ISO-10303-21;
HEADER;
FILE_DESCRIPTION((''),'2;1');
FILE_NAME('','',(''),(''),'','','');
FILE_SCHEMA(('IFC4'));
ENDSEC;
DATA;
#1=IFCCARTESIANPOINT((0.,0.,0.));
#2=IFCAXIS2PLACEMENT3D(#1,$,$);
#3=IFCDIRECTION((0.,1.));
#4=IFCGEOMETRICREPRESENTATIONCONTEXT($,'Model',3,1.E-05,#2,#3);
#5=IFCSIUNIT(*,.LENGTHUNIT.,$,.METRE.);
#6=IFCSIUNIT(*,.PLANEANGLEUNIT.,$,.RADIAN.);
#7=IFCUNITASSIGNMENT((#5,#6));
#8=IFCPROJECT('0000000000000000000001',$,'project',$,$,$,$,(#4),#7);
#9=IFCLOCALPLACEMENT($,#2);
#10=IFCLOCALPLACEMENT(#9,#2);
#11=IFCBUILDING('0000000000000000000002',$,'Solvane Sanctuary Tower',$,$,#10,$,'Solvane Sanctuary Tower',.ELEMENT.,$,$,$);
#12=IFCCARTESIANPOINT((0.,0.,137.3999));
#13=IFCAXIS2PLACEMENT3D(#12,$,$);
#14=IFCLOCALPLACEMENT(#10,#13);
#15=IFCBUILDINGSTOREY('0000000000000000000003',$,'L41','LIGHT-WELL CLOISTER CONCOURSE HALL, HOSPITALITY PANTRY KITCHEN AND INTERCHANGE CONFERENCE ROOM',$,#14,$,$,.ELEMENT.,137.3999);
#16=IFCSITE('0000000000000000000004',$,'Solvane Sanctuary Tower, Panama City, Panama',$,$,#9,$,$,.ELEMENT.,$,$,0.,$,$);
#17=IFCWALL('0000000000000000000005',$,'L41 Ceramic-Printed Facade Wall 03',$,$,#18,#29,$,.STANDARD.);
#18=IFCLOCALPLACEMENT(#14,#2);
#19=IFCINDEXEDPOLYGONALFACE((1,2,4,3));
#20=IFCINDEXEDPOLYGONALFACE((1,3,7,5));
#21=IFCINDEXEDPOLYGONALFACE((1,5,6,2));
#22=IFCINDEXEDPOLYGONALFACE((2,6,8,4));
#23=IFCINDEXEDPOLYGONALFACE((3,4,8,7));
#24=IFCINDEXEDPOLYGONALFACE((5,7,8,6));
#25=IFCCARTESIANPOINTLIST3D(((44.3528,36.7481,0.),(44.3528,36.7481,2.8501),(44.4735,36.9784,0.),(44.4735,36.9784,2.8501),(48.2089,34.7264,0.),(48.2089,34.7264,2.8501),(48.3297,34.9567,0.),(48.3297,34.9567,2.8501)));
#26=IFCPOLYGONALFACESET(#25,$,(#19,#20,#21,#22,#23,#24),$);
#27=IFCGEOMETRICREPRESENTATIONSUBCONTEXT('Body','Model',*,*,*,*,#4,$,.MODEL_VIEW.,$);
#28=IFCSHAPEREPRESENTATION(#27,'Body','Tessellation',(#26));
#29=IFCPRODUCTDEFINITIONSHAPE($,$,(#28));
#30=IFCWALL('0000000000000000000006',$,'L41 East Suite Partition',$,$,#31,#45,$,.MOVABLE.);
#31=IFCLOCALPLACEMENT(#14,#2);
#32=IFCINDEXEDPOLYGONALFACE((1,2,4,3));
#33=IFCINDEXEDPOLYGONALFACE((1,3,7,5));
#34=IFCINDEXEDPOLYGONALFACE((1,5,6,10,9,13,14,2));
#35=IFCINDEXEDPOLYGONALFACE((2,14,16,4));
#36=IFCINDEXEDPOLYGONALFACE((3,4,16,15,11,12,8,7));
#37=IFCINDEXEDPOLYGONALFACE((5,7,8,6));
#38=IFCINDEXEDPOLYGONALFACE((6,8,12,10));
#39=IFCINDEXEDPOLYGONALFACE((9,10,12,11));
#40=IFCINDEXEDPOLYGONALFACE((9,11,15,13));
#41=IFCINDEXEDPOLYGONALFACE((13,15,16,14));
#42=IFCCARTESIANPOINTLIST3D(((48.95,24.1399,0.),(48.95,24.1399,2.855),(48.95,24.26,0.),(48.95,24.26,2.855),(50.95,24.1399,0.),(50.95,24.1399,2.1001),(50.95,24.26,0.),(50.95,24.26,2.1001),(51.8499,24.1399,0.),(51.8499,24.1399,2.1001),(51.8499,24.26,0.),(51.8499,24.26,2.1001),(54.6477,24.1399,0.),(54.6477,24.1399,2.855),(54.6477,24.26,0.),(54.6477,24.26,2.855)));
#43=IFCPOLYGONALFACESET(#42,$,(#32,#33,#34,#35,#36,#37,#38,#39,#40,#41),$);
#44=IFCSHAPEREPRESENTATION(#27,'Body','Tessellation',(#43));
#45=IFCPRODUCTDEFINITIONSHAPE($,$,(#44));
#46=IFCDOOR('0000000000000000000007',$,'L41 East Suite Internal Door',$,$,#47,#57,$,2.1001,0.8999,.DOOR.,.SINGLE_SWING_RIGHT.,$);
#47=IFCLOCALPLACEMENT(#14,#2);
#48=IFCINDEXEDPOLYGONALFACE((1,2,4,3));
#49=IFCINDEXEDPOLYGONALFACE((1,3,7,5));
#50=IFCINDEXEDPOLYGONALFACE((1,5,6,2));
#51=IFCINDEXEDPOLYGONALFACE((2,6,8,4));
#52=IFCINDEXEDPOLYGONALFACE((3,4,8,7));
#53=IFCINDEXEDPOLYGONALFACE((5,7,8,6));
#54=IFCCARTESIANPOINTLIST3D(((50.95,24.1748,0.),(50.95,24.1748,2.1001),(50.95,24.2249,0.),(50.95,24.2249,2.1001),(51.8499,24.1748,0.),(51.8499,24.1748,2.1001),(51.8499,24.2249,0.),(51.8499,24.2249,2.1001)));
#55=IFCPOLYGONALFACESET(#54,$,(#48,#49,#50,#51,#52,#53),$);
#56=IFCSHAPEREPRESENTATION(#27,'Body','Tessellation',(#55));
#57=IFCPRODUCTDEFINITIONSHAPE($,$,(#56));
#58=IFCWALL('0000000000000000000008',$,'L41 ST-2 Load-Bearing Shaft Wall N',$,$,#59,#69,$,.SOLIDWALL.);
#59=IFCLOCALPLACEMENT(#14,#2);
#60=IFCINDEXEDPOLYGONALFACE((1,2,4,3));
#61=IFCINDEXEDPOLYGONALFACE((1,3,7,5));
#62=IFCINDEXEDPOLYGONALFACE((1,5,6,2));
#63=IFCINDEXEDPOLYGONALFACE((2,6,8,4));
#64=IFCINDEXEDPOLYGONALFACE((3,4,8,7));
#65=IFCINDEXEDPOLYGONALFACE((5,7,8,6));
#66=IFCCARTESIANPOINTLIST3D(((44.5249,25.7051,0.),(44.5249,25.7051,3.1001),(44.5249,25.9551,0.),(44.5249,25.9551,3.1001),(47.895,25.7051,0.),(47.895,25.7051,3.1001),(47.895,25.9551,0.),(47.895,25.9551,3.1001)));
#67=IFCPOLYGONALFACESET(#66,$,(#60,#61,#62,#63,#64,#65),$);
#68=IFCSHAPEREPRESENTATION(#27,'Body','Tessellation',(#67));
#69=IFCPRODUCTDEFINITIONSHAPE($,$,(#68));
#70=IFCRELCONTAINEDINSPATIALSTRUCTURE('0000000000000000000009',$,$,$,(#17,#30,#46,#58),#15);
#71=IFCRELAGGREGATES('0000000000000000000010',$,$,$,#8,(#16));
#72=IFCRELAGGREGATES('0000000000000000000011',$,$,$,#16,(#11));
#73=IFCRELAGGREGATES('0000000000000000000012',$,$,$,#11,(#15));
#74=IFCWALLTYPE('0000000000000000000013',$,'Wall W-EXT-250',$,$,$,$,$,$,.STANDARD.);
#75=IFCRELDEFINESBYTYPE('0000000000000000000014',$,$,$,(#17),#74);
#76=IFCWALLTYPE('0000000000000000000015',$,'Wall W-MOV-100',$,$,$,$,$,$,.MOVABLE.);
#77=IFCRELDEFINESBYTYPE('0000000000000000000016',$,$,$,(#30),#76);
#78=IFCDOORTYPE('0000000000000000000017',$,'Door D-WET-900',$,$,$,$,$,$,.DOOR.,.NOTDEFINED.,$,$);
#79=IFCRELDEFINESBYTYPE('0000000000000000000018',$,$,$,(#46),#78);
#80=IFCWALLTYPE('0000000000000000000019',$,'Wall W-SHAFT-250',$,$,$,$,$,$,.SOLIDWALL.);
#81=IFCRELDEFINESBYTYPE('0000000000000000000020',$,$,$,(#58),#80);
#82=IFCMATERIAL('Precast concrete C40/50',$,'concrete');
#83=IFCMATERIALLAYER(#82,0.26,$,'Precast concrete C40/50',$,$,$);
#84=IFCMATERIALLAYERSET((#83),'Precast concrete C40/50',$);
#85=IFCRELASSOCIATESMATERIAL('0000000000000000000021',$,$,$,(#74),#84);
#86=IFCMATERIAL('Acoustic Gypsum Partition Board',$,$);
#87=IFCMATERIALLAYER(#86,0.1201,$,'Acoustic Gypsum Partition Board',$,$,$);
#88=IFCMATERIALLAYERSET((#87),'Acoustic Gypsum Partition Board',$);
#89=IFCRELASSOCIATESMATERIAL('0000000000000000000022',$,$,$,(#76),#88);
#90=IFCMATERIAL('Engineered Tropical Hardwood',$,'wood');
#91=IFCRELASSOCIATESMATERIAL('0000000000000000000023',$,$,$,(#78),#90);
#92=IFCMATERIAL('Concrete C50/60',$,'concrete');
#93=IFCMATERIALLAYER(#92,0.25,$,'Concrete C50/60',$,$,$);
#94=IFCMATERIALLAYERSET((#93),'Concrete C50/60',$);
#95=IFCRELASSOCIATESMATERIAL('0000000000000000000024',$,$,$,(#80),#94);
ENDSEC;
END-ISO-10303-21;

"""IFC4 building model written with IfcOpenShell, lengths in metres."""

from ifc_helpers import new_model, si_unit, direction, frame, frame_2d, origin, place, context, subcontext, project, spatial, rectangle, extrude, material, layer, layer_set, type_object, element, fill, save


model = new_model("IFC4")

# Units and contexts
model_context = context("Model", 3, precision=1e-05, world=origin(), true_north=direction((0.0, 1.0)))
body_context = subcontext(model_context, "Body", "Model", "MODEL_VIEW")
ifc_project = project(units=[si_unit("LENGTHUNIT", "METRE"), si_unit("PLANEANGLEUNIT", "RADIAN")], contexts=[model_context])

# Site, building, storey
site_placement = place(None, origin())
site = spatial("IfcSite", under=ifc_project, at=site_placement, Name="Solvane Sanctuary Tower, Panama City, Panama", CompositionType="ELEMENT", RefElevation=0.0)
building_placement = place(site_placement, origin())
building = spatial("IfcBuilding", under=site, at=building_placement, Name="Solvane Sanctuary Tower", LongName="Solvane Sanctuary Tower", CompositionType="ELEMENT")
storey_placement = place(building_placement, frame((0.0, 0.0, 137.3999)))
storey = spatial("IfcBuildingStorey", under=building, at=storey_placement, Name="L41", Description="LIGHT-WELL CLOISTER CONCOURSE HALL, HOSPITALITY PANTRY KITCHEN AND INTERCHANGE CONFERENCE ROOM", CompositionType="ELEMENT", Elevation=137.3999)

# Shared definitions
ifc_material_1 = material(Name="Acoustic Gypsum Partition Board")

# Shared definitions
ifc_material_2 = material(Name="Precast concrete C40/50", Category="concrete")
ifc_layer_1 = layer(ifc_material_2, 0.26, Name="Precast concrete C40/50")
ifc_layer_set_1 = layer_set([ifc_layer_1], Name="Precast concrete C40/50")
wall_type_1 = type_object("IfcWallType", Name="Wall W-EXT-250", PredefinedType="STANDARD", material=ifc_layer_set_1)

# Wall
wall_1_placement = place(storey_placement, frame((48.2693, 34.8416, 0.0), z_axis=(0.0, 0.0, 1.0), x_axis=(-0.88566, 0.464334, 0.0)))
element("IfcWall", 1, at=wall_1_placement, inside=storey, type_object=wall_type_1, Name="L41 Ceramic-Printed Facade Wall 03", PredefinedType="STANDARD", context=body_context, shape_type="SweptSolid", body=[
    extrude(rectangle(XDim=4.354, YDim=0.26, at=frame_2d((2.177, 0.0))), origin(), (0.0, 0.0, 1.0), 2.8501),
])

# Wall, opening, door
ifc_layer_2 = layer(ifc_material_1, 0.1201, Name="Acoustic Gypsum Partition Board")
ifc_layer_set_2 = layer_set([ifc_layer_2], Name="Acoustic Gypsum Partition Board")
wall_type_2 = type_object("IfcWallType", Name="Wall W-MOV-100", PredefinedType="MOVABLE", material=ifc_layer_set_2)
wall_2_placement = place(storey_placement, frame((48.95, 24.2, 0.0), z_axis=(0.0, 0.0, 1.0), x_axis=(1.0, 0.0, 0.0)))
wall_2 = element("IfcWall", 2, at=wall_2_placement, inside=storey, type_object=wall_type_2, Name="L41 East Suite Partition", PredefinedType="MOVABLE", context=body_context, shape_type="SweptSolid", body=[
    extrude(rectangle(XDim=5.6978, YDim=0.1201, at=frame_2d((2.8489, 0.0))), origin(), (0.0, 0.0, 1.0), 2.855),
])
opening_1_placement = place(wall_2_placement, frame((2.0, 0.0, 0.0)))
opening_1 = element("IfcOpeningElement", 3, at=opening_1_placement, cuts=wall_2, PredefinedType="OPENING", context=body_context, shape_type="SweptSolid", body=[
    extrude(rectangle(XDim=0.8999, YDim=2.1001, at=frame_2d((0.45, 1.05))), frame((0.0, 0.0701, 0.0), z_axis=(0.0, -1.0, 0.0), x_axis=(1.0, 0.0, 0.0)), (0.0, 0.0, 1.0), 0.1401),
])
ifc_material_3 = material(Name="Engineered Tropical Hardwood", Category="wood")
door_type = type_object("IfcDoorType", Name="Door D-WET-900", OperationType="NOTDEFINED", PredefinedType="DOOR", material=ifc_material_3)
door_placement = place(opening_1_placement, origin())
door = element("IfcDoor", 4, at=door_placement, inside=storey, type_object=door_type, Name="L41 East Suite Internal Door", OperationType="SINGLE_SWING_RIGHT", OverallHeight=2.1001, OverallWidth=0.8999, PredefinedType="DOOR", context=body_context, shape_type="SweptSolid", body=[
    extrude(rectangle(XDim=0.8999, YDim=2.1001, at=frame_2d((0.45, 1.05))), frame((0.0, 0.0249, 0.0), z_axis=(0.0, -1.0, 0.0), x_axis=(1.0, 0.0, 0.0)), (0.0, 0.0, 1.0), 0.05),
])
fill(opening_1, door)

# Wall
ifc_material_4 = material(Name="Concrete C50/60", Category="concrete")
ifc_layer_3 = layer(ifc_material_4, 0.25, Name="Concrete C50/60")
ifc_layer_set_3 = layer_set([ifc_layer_3], Name="Concrete C50/60")
wall_type_3 = type_object("IfcWallType", Name="Wall W-SHAFT-250", PredefinedType="SOLIDWALL", material=ifc_layer_set_3)
wall_3_placement = place(storey_placement, frame((44.5249, 25.8301, 0.0), z_axis=(0.0, 0.0, 1.0), x_axis=(1.0, 0.0, 0.0)))
element("IfcWall", 5, at=wall_3_placement, inside=storey, type_object=wall_type_3, Name="L41 ST-2 Load-Bearing Shaft Wall N", PredefinedType="SOLIDWALL", context=body_context, shape_type="SweptSolid", body=[
    extrude(rectangle(XDim=3.3701, YDim=0.25, at=frame_2d((1.6851, 0.0))), origin(), (0.0, 0.0, 1.0), 3.1001),
])

save(model, "model.ifc")
